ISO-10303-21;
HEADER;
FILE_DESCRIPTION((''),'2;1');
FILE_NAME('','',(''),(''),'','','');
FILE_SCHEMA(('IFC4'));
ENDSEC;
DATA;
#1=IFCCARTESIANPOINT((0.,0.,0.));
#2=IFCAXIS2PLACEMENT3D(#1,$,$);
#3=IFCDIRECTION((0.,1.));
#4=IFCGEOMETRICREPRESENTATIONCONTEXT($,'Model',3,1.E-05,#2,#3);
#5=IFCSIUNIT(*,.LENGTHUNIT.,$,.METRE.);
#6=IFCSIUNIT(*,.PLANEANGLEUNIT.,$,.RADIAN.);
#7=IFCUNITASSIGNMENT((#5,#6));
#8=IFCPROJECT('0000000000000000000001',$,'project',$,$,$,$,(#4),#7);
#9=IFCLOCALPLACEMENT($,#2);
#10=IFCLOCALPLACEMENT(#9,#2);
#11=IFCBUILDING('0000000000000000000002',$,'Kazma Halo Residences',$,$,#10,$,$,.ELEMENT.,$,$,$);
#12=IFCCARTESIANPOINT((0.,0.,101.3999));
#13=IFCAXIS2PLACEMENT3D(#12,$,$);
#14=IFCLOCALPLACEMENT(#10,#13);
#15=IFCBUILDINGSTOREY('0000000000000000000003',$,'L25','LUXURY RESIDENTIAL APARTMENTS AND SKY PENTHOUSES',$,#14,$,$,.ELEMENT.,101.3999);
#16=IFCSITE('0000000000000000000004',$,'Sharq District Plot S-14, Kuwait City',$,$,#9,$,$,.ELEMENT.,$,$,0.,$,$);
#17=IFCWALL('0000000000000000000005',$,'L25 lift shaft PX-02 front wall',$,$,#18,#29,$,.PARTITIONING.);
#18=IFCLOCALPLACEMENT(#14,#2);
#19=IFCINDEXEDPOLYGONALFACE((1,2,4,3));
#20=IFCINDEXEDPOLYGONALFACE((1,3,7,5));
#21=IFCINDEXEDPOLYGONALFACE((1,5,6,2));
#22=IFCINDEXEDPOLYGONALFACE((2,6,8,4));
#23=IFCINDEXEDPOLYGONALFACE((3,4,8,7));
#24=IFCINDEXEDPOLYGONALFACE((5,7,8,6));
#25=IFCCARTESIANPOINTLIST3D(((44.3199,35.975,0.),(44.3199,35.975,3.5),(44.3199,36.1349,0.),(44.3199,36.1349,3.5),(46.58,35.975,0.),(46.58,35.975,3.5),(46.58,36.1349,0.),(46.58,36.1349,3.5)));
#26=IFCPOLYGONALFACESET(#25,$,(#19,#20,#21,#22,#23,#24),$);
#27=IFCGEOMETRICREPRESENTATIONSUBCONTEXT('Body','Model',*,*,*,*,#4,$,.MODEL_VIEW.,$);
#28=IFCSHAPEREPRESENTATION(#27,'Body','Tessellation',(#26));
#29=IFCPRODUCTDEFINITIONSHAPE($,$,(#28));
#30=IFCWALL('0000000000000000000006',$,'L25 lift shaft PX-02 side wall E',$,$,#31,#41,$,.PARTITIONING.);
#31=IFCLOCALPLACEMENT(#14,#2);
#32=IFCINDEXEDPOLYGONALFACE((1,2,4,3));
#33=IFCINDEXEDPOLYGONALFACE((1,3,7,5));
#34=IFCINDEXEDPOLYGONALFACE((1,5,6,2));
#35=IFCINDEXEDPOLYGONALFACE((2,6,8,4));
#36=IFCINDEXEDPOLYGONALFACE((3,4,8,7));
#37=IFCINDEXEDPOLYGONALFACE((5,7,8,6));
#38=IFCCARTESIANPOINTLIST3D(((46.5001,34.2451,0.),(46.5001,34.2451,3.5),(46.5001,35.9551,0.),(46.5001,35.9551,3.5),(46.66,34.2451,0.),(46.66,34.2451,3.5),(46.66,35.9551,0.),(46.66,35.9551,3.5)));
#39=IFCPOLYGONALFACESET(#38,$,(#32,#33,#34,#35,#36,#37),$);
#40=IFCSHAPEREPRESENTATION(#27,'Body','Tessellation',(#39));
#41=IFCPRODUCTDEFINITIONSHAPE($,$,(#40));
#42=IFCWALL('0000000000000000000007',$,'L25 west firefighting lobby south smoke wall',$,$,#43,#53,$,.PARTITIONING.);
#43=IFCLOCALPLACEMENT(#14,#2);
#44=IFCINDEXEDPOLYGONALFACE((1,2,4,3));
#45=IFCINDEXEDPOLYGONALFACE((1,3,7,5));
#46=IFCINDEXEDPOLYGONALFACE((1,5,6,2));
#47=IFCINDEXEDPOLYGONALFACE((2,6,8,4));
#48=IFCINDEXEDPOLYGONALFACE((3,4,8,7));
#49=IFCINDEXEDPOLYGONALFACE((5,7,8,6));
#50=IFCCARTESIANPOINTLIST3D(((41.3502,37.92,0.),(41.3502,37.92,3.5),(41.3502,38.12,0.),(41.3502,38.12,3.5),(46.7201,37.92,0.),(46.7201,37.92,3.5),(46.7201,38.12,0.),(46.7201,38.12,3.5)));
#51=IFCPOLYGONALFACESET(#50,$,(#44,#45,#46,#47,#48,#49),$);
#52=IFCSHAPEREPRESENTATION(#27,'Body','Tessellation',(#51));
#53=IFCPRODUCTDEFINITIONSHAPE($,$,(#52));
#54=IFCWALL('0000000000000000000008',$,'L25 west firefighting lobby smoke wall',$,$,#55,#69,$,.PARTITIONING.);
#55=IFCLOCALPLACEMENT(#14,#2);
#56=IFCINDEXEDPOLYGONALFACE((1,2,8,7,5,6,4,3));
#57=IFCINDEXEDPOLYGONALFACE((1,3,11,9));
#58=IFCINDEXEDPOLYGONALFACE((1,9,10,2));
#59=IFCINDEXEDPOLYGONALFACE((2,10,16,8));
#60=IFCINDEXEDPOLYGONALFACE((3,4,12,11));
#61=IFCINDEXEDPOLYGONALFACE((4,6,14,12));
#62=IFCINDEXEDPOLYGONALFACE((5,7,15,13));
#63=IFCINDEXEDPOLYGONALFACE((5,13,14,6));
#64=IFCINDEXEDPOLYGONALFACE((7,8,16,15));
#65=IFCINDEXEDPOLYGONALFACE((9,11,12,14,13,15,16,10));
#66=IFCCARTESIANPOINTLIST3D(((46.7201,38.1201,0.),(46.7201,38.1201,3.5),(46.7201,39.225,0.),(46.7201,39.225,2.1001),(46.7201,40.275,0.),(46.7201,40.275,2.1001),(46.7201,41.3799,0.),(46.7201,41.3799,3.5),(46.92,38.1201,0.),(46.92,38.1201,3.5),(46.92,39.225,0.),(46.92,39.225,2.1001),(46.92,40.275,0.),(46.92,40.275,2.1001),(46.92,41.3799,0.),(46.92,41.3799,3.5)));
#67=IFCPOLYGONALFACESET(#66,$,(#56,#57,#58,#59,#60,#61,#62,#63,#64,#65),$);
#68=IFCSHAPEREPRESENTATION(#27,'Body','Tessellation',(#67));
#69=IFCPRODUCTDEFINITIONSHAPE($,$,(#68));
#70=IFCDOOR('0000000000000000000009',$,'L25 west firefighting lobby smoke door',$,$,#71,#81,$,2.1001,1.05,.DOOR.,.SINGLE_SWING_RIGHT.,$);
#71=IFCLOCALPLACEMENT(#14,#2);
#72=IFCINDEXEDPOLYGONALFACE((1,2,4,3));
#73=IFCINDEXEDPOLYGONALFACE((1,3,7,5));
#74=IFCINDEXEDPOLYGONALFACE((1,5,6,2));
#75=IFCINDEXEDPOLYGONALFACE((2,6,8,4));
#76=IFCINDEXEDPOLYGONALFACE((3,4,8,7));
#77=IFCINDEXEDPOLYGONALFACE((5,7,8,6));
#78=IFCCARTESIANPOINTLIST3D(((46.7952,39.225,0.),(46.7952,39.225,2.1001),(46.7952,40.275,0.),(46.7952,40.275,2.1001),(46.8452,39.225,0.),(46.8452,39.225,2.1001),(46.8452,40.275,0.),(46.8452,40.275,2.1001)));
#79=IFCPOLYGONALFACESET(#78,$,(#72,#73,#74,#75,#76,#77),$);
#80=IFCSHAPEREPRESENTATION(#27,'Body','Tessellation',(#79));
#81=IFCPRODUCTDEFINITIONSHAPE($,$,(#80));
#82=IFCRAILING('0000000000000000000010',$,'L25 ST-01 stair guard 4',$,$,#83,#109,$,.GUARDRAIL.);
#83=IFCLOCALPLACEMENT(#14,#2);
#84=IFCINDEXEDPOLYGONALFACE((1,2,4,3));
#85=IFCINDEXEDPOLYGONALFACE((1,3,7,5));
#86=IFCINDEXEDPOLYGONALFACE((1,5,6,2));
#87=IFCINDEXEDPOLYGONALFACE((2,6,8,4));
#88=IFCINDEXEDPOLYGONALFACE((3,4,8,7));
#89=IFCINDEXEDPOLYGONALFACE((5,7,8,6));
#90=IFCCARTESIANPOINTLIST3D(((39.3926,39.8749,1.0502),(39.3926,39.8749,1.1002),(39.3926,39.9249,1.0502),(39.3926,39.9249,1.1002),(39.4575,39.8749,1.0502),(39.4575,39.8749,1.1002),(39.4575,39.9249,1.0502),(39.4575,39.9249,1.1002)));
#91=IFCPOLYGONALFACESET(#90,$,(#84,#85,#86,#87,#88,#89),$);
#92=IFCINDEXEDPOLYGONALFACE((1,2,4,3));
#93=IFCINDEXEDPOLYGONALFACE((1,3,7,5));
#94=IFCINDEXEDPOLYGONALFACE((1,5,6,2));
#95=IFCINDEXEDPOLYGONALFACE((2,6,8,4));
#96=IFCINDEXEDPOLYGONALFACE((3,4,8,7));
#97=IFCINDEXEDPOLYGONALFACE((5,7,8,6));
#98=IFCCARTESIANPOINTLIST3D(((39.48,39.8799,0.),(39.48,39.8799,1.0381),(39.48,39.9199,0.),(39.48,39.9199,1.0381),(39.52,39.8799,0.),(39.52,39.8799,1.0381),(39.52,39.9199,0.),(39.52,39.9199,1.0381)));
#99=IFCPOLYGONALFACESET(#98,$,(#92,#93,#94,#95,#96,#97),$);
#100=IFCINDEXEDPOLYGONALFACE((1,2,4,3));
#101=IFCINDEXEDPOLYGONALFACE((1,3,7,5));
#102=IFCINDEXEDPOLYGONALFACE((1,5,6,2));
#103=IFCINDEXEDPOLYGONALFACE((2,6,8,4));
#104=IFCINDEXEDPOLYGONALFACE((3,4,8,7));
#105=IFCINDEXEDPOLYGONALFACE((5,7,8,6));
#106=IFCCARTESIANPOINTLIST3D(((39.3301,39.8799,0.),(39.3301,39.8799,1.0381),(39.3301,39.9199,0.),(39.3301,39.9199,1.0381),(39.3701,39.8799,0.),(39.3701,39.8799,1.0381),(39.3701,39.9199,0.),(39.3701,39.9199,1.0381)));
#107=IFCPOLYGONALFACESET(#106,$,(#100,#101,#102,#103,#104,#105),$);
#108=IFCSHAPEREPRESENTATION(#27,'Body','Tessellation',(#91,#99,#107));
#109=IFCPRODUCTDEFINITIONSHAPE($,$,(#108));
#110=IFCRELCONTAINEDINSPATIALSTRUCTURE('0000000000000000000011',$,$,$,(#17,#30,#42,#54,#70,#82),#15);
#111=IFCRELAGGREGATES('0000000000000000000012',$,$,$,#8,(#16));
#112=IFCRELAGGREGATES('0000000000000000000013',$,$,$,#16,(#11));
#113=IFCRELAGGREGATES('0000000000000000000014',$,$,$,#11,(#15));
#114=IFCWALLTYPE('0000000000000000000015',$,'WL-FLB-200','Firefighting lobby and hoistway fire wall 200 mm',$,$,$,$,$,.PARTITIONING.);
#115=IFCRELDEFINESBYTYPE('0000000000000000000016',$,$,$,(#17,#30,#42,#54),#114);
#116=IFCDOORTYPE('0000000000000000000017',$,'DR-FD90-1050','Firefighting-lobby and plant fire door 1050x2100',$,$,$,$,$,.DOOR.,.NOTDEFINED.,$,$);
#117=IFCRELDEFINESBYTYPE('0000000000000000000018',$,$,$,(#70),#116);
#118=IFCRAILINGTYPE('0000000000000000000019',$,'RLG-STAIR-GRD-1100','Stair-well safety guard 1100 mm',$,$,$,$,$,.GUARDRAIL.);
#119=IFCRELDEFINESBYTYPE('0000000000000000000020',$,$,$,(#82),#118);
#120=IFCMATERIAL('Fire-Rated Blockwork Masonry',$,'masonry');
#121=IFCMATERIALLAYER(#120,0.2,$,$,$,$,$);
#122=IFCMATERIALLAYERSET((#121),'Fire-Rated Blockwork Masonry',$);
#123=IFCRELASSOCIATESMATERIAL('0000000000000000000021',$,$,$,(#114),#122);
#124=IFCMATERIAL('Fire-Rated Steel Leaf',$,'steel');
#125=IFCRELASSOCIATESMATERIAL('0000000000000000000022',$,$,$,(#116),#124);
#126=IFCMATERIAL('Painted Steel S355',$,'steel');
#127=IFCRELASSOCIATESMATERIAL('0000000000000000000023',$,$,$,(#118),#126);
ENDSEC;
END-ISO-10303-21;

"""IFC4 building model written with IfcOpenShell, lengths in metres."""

from ifc_helpers import new_model, si_unit, direction, frame, frame_2d, origin, origin_2d, place, context, subcontext, project, spatial, rectangle, extrude, material, layer, layer_set, type_object, element, fill, save


model = new_model("IFC4")

# Units and contexts
model_context = context("Model", 3, precision=1e-05, world=origin(), true_north=direction((0.0, 1.0)))
body_context = subcontext(model_context, "Body", "Model", "MODEL_VIEW")
ifc_project = project(units=[si_unit("LENGTHUNIT", "METRE"), si_unit("PLANEANGLEUNIT", "RADIAN")], contexts=[model_context])

# Site, building, storey
site_placement = place(None, origin())
site = spatial("IfcSite", under=ifc_project, at=site_placement, Name="Sharq District Plot S-14, Kuwait City", CompositionType="ELEMENT", RefElevation=0.0)
building_placement = place(site_placement, origin())
building = spatial("IfcBuilding", under=site, at=building_placement, Name="Kazma Halo Residences", CompositionType="ELEMENT")
storey_placement = place(building_placement, frame((0.0, 0.0, 101.3999)))
storey = spatial("IfcBuildingStorey", under=building, at=storey_placement, Name="L25", Description="LUXURY RESIDENTIAL APARTMENTS AND SKY PENTHOUSES", CompositionType="ELEMENT", Elevation=101.3999)

# Shared definitions
ifc_material_1 = material(Name="Fire-Rated Blockwork Masonry", Category="masonry")
ifc_layer_1 = layer(ifc_material_1, 0.2)
ifc_layer_set_1 = layer_set([ifc_layer_1], Name="Fire-Rated Blockwork Masonry")
wall_type_1 = type_object("IfcWallType", Name="WL-FLB-200", Description="Firefighting lobby and hoistway fire wall 200 mm", PredefinedType="PARTITIONING", material=ifc_layer_set_1)

# Walls
wall_1_placement = place(storey_placement, frame((44.3201, 36.0549, 0.0), z_axis=(0.0, 0.0, 1.0), x_axis=(1.0, 0.0, 0.0)))
element("IfcWall", 1, at=wall_1_placement, inside=storey, type_object=wall_type_1, Name="L25 lift shaft PX-02 front wall", PredefinedType="PARTITIONING", context=body_context, shape_type="SweptSolid", body=[
    extrude(rectangle(XDim=2.26, YDim=0.1599, at=frame_2d((1.1299, 0.0))), origin(), (0.0, 0.0, 1.0), 3.5),
])
wall_2_placement = place(storey_placement, frame((46.5801, 34.2451, 0.0), z_axis=(0.0, 0.0, 1.0), x_axis=(0.0, 1.0, 0.0)))
element("IfcWall", 2, at=wall_2_placement, inside=storey, type_object=wall_type_1, Name="L25 lift shaft PX-02 side wall E", PredefinedType="PARTITIONING", context=body_context, shape_type="SweptSolid", body=[
    extrude(rectangle(XDim=1.71, YDim=0.1599, at=frame_2d((0.855, 0.0))), origin(), (0.0, 0.0, 1.0), 3.5),
])
wall_3_placement = place(storey_placement, frame((41.3501, 38.02, 0.0), z_axis=(0.0, 0.0, 1.0), x_axis=(1.0, 0.0, 0.0)))
element("IfcWall", 3, at=wall_3_placement, inside=storey, type_object=wall_type_1, Name="L25 west firefighting lobby south smoke wall", PredefinedType="PARTITIONING", context=body_context, shape_type="SweptSolid", body=[
    extrude(rectangle(XDim=5.3699, YDim=0.2, at=frame_2d((2.6851, 0.0))), origin(), (0.0, 0.0, 1.0), 3.5),
])

# Wall, opening, door
wall_4_placement = place(storey_placement, frame((46.8201, 38.1201, 0.0), z_axis=(0.0, 0.0, 1.0), x_axis=(0.0, 1.0, 0.0)))
wall_4 = element("IfcWall", 4, at=wall_4_placement, inside=storey, type_object=wall_type_1, Name="L25 west firefighting lobby smoke wall", PredefinedType="PARTITIONING", context=body_context, shape_type="SweptSolid", body=[
    extrude(rectangle(XDim=3.2598, YDim=0.2, at=frame_2d((1.6299, 0.0))), origin(), (0.0, 0.0, 1.0), 3.5),
])
opening_1_placement = place(wall_4_placement, frame((1.105, 0.0, 0.0)))
opening_1 = element("IfcOpeningElement", 5, at=opening_1_placement, cuts=wall_4, PredefinedType="OPENING", context=body_context, shape_type="SweptSolid", body=[
    extrude(rectangle(XDim=1.05, YDim=2.1001, at=frame_2d((0.5249, 1.05))), frame((0.0, 0.1099, 0.0), z_axis=(0.0, -1.0, 0.0), x_axis=(1.0, 0.0, 0.0)), (0.0, 0.0, 1.0), 0.22),
])
ifc_material_2 = material(Name="Fire-Rated Steel Leaf", Category="steel")
door_type_1 = type_object("IfcDoorType", Name="DR-FD90-1050", Description="Firefighting-lobby and plant fire door 1050x2100", OperationType="NOTDEFINED", PredefinedType="DOOR", material=ifc_material_2)
door_1_placement = place(opening_1_placement, origin())
door_1 = element("IfcDoor", 6, at=door_1_placement, inside=storey, type_object=door_type_1, Name="L25 west firefighting lobby smoke door", OperationType="SINGLE_SWING_RIGHT", OverallHeight=2.1001, OverallWidth=1.05, PredefinedType="DOOR", context=body_context, shape_type="SweptSolid", body=[
    extrude(rectangle(XDim=1.05, YDim=2.1001, at=frame_2d((0.5249, 1.05))), frame((0.0, 0.0249, 0.0), z_axis=(0.0, -1.0, 0.0), x_axis=(1.0, 0.0, 0.0)), (0.0, 0.0, 1.0), 0.05),
])
fill(opening_1, door_1)

# Railing
ifc_material_3 = material(Name="Painted Steel S355", Category="steel")
railing_type = type_object("IfcRailingType", Name="RLG-STAIR-GRD-1100", Description="Stair-well safety guard 1100 mm", PredefinedType="GUARDRAIL", material=ifc_material_3)
railing_placement = place(storey_placement, frame((39.5, 39.8999, 0.0)))
element("IfcRailing", 7, at=railing_placement, inside=storey, type_object=railing_type, Name="L25 ST-01 stair guard 4", PredefinedType="GUARDRAIL", context=body_context, shape_type="SweptSolid", body=[
    extrude(rectangle(XDim=0.05, YDim=0.05, at=origin_2d()), frame((-0.0425, 0.0, 1.0752), z_axis=(-1.0, 0.0, 0.0), x_axis=(0.0, -1.0, 0.0)), (0.0, 0.0, 1.0), 0.0649),
    extrude(rectangle(XDim=0.04, YDim=0.04, at=origin_2d()), origin(), (0.0, 0.0, 1.0), 1.0381),
    extrude(rectangle(XDim=0.04, YDim=0.04, at=origin_2d()), frame((-0.1499, 0.0, 0.0)), (0.0, 0.0, 1.0), 1.0381),
])

save(model, "model.ifc")
